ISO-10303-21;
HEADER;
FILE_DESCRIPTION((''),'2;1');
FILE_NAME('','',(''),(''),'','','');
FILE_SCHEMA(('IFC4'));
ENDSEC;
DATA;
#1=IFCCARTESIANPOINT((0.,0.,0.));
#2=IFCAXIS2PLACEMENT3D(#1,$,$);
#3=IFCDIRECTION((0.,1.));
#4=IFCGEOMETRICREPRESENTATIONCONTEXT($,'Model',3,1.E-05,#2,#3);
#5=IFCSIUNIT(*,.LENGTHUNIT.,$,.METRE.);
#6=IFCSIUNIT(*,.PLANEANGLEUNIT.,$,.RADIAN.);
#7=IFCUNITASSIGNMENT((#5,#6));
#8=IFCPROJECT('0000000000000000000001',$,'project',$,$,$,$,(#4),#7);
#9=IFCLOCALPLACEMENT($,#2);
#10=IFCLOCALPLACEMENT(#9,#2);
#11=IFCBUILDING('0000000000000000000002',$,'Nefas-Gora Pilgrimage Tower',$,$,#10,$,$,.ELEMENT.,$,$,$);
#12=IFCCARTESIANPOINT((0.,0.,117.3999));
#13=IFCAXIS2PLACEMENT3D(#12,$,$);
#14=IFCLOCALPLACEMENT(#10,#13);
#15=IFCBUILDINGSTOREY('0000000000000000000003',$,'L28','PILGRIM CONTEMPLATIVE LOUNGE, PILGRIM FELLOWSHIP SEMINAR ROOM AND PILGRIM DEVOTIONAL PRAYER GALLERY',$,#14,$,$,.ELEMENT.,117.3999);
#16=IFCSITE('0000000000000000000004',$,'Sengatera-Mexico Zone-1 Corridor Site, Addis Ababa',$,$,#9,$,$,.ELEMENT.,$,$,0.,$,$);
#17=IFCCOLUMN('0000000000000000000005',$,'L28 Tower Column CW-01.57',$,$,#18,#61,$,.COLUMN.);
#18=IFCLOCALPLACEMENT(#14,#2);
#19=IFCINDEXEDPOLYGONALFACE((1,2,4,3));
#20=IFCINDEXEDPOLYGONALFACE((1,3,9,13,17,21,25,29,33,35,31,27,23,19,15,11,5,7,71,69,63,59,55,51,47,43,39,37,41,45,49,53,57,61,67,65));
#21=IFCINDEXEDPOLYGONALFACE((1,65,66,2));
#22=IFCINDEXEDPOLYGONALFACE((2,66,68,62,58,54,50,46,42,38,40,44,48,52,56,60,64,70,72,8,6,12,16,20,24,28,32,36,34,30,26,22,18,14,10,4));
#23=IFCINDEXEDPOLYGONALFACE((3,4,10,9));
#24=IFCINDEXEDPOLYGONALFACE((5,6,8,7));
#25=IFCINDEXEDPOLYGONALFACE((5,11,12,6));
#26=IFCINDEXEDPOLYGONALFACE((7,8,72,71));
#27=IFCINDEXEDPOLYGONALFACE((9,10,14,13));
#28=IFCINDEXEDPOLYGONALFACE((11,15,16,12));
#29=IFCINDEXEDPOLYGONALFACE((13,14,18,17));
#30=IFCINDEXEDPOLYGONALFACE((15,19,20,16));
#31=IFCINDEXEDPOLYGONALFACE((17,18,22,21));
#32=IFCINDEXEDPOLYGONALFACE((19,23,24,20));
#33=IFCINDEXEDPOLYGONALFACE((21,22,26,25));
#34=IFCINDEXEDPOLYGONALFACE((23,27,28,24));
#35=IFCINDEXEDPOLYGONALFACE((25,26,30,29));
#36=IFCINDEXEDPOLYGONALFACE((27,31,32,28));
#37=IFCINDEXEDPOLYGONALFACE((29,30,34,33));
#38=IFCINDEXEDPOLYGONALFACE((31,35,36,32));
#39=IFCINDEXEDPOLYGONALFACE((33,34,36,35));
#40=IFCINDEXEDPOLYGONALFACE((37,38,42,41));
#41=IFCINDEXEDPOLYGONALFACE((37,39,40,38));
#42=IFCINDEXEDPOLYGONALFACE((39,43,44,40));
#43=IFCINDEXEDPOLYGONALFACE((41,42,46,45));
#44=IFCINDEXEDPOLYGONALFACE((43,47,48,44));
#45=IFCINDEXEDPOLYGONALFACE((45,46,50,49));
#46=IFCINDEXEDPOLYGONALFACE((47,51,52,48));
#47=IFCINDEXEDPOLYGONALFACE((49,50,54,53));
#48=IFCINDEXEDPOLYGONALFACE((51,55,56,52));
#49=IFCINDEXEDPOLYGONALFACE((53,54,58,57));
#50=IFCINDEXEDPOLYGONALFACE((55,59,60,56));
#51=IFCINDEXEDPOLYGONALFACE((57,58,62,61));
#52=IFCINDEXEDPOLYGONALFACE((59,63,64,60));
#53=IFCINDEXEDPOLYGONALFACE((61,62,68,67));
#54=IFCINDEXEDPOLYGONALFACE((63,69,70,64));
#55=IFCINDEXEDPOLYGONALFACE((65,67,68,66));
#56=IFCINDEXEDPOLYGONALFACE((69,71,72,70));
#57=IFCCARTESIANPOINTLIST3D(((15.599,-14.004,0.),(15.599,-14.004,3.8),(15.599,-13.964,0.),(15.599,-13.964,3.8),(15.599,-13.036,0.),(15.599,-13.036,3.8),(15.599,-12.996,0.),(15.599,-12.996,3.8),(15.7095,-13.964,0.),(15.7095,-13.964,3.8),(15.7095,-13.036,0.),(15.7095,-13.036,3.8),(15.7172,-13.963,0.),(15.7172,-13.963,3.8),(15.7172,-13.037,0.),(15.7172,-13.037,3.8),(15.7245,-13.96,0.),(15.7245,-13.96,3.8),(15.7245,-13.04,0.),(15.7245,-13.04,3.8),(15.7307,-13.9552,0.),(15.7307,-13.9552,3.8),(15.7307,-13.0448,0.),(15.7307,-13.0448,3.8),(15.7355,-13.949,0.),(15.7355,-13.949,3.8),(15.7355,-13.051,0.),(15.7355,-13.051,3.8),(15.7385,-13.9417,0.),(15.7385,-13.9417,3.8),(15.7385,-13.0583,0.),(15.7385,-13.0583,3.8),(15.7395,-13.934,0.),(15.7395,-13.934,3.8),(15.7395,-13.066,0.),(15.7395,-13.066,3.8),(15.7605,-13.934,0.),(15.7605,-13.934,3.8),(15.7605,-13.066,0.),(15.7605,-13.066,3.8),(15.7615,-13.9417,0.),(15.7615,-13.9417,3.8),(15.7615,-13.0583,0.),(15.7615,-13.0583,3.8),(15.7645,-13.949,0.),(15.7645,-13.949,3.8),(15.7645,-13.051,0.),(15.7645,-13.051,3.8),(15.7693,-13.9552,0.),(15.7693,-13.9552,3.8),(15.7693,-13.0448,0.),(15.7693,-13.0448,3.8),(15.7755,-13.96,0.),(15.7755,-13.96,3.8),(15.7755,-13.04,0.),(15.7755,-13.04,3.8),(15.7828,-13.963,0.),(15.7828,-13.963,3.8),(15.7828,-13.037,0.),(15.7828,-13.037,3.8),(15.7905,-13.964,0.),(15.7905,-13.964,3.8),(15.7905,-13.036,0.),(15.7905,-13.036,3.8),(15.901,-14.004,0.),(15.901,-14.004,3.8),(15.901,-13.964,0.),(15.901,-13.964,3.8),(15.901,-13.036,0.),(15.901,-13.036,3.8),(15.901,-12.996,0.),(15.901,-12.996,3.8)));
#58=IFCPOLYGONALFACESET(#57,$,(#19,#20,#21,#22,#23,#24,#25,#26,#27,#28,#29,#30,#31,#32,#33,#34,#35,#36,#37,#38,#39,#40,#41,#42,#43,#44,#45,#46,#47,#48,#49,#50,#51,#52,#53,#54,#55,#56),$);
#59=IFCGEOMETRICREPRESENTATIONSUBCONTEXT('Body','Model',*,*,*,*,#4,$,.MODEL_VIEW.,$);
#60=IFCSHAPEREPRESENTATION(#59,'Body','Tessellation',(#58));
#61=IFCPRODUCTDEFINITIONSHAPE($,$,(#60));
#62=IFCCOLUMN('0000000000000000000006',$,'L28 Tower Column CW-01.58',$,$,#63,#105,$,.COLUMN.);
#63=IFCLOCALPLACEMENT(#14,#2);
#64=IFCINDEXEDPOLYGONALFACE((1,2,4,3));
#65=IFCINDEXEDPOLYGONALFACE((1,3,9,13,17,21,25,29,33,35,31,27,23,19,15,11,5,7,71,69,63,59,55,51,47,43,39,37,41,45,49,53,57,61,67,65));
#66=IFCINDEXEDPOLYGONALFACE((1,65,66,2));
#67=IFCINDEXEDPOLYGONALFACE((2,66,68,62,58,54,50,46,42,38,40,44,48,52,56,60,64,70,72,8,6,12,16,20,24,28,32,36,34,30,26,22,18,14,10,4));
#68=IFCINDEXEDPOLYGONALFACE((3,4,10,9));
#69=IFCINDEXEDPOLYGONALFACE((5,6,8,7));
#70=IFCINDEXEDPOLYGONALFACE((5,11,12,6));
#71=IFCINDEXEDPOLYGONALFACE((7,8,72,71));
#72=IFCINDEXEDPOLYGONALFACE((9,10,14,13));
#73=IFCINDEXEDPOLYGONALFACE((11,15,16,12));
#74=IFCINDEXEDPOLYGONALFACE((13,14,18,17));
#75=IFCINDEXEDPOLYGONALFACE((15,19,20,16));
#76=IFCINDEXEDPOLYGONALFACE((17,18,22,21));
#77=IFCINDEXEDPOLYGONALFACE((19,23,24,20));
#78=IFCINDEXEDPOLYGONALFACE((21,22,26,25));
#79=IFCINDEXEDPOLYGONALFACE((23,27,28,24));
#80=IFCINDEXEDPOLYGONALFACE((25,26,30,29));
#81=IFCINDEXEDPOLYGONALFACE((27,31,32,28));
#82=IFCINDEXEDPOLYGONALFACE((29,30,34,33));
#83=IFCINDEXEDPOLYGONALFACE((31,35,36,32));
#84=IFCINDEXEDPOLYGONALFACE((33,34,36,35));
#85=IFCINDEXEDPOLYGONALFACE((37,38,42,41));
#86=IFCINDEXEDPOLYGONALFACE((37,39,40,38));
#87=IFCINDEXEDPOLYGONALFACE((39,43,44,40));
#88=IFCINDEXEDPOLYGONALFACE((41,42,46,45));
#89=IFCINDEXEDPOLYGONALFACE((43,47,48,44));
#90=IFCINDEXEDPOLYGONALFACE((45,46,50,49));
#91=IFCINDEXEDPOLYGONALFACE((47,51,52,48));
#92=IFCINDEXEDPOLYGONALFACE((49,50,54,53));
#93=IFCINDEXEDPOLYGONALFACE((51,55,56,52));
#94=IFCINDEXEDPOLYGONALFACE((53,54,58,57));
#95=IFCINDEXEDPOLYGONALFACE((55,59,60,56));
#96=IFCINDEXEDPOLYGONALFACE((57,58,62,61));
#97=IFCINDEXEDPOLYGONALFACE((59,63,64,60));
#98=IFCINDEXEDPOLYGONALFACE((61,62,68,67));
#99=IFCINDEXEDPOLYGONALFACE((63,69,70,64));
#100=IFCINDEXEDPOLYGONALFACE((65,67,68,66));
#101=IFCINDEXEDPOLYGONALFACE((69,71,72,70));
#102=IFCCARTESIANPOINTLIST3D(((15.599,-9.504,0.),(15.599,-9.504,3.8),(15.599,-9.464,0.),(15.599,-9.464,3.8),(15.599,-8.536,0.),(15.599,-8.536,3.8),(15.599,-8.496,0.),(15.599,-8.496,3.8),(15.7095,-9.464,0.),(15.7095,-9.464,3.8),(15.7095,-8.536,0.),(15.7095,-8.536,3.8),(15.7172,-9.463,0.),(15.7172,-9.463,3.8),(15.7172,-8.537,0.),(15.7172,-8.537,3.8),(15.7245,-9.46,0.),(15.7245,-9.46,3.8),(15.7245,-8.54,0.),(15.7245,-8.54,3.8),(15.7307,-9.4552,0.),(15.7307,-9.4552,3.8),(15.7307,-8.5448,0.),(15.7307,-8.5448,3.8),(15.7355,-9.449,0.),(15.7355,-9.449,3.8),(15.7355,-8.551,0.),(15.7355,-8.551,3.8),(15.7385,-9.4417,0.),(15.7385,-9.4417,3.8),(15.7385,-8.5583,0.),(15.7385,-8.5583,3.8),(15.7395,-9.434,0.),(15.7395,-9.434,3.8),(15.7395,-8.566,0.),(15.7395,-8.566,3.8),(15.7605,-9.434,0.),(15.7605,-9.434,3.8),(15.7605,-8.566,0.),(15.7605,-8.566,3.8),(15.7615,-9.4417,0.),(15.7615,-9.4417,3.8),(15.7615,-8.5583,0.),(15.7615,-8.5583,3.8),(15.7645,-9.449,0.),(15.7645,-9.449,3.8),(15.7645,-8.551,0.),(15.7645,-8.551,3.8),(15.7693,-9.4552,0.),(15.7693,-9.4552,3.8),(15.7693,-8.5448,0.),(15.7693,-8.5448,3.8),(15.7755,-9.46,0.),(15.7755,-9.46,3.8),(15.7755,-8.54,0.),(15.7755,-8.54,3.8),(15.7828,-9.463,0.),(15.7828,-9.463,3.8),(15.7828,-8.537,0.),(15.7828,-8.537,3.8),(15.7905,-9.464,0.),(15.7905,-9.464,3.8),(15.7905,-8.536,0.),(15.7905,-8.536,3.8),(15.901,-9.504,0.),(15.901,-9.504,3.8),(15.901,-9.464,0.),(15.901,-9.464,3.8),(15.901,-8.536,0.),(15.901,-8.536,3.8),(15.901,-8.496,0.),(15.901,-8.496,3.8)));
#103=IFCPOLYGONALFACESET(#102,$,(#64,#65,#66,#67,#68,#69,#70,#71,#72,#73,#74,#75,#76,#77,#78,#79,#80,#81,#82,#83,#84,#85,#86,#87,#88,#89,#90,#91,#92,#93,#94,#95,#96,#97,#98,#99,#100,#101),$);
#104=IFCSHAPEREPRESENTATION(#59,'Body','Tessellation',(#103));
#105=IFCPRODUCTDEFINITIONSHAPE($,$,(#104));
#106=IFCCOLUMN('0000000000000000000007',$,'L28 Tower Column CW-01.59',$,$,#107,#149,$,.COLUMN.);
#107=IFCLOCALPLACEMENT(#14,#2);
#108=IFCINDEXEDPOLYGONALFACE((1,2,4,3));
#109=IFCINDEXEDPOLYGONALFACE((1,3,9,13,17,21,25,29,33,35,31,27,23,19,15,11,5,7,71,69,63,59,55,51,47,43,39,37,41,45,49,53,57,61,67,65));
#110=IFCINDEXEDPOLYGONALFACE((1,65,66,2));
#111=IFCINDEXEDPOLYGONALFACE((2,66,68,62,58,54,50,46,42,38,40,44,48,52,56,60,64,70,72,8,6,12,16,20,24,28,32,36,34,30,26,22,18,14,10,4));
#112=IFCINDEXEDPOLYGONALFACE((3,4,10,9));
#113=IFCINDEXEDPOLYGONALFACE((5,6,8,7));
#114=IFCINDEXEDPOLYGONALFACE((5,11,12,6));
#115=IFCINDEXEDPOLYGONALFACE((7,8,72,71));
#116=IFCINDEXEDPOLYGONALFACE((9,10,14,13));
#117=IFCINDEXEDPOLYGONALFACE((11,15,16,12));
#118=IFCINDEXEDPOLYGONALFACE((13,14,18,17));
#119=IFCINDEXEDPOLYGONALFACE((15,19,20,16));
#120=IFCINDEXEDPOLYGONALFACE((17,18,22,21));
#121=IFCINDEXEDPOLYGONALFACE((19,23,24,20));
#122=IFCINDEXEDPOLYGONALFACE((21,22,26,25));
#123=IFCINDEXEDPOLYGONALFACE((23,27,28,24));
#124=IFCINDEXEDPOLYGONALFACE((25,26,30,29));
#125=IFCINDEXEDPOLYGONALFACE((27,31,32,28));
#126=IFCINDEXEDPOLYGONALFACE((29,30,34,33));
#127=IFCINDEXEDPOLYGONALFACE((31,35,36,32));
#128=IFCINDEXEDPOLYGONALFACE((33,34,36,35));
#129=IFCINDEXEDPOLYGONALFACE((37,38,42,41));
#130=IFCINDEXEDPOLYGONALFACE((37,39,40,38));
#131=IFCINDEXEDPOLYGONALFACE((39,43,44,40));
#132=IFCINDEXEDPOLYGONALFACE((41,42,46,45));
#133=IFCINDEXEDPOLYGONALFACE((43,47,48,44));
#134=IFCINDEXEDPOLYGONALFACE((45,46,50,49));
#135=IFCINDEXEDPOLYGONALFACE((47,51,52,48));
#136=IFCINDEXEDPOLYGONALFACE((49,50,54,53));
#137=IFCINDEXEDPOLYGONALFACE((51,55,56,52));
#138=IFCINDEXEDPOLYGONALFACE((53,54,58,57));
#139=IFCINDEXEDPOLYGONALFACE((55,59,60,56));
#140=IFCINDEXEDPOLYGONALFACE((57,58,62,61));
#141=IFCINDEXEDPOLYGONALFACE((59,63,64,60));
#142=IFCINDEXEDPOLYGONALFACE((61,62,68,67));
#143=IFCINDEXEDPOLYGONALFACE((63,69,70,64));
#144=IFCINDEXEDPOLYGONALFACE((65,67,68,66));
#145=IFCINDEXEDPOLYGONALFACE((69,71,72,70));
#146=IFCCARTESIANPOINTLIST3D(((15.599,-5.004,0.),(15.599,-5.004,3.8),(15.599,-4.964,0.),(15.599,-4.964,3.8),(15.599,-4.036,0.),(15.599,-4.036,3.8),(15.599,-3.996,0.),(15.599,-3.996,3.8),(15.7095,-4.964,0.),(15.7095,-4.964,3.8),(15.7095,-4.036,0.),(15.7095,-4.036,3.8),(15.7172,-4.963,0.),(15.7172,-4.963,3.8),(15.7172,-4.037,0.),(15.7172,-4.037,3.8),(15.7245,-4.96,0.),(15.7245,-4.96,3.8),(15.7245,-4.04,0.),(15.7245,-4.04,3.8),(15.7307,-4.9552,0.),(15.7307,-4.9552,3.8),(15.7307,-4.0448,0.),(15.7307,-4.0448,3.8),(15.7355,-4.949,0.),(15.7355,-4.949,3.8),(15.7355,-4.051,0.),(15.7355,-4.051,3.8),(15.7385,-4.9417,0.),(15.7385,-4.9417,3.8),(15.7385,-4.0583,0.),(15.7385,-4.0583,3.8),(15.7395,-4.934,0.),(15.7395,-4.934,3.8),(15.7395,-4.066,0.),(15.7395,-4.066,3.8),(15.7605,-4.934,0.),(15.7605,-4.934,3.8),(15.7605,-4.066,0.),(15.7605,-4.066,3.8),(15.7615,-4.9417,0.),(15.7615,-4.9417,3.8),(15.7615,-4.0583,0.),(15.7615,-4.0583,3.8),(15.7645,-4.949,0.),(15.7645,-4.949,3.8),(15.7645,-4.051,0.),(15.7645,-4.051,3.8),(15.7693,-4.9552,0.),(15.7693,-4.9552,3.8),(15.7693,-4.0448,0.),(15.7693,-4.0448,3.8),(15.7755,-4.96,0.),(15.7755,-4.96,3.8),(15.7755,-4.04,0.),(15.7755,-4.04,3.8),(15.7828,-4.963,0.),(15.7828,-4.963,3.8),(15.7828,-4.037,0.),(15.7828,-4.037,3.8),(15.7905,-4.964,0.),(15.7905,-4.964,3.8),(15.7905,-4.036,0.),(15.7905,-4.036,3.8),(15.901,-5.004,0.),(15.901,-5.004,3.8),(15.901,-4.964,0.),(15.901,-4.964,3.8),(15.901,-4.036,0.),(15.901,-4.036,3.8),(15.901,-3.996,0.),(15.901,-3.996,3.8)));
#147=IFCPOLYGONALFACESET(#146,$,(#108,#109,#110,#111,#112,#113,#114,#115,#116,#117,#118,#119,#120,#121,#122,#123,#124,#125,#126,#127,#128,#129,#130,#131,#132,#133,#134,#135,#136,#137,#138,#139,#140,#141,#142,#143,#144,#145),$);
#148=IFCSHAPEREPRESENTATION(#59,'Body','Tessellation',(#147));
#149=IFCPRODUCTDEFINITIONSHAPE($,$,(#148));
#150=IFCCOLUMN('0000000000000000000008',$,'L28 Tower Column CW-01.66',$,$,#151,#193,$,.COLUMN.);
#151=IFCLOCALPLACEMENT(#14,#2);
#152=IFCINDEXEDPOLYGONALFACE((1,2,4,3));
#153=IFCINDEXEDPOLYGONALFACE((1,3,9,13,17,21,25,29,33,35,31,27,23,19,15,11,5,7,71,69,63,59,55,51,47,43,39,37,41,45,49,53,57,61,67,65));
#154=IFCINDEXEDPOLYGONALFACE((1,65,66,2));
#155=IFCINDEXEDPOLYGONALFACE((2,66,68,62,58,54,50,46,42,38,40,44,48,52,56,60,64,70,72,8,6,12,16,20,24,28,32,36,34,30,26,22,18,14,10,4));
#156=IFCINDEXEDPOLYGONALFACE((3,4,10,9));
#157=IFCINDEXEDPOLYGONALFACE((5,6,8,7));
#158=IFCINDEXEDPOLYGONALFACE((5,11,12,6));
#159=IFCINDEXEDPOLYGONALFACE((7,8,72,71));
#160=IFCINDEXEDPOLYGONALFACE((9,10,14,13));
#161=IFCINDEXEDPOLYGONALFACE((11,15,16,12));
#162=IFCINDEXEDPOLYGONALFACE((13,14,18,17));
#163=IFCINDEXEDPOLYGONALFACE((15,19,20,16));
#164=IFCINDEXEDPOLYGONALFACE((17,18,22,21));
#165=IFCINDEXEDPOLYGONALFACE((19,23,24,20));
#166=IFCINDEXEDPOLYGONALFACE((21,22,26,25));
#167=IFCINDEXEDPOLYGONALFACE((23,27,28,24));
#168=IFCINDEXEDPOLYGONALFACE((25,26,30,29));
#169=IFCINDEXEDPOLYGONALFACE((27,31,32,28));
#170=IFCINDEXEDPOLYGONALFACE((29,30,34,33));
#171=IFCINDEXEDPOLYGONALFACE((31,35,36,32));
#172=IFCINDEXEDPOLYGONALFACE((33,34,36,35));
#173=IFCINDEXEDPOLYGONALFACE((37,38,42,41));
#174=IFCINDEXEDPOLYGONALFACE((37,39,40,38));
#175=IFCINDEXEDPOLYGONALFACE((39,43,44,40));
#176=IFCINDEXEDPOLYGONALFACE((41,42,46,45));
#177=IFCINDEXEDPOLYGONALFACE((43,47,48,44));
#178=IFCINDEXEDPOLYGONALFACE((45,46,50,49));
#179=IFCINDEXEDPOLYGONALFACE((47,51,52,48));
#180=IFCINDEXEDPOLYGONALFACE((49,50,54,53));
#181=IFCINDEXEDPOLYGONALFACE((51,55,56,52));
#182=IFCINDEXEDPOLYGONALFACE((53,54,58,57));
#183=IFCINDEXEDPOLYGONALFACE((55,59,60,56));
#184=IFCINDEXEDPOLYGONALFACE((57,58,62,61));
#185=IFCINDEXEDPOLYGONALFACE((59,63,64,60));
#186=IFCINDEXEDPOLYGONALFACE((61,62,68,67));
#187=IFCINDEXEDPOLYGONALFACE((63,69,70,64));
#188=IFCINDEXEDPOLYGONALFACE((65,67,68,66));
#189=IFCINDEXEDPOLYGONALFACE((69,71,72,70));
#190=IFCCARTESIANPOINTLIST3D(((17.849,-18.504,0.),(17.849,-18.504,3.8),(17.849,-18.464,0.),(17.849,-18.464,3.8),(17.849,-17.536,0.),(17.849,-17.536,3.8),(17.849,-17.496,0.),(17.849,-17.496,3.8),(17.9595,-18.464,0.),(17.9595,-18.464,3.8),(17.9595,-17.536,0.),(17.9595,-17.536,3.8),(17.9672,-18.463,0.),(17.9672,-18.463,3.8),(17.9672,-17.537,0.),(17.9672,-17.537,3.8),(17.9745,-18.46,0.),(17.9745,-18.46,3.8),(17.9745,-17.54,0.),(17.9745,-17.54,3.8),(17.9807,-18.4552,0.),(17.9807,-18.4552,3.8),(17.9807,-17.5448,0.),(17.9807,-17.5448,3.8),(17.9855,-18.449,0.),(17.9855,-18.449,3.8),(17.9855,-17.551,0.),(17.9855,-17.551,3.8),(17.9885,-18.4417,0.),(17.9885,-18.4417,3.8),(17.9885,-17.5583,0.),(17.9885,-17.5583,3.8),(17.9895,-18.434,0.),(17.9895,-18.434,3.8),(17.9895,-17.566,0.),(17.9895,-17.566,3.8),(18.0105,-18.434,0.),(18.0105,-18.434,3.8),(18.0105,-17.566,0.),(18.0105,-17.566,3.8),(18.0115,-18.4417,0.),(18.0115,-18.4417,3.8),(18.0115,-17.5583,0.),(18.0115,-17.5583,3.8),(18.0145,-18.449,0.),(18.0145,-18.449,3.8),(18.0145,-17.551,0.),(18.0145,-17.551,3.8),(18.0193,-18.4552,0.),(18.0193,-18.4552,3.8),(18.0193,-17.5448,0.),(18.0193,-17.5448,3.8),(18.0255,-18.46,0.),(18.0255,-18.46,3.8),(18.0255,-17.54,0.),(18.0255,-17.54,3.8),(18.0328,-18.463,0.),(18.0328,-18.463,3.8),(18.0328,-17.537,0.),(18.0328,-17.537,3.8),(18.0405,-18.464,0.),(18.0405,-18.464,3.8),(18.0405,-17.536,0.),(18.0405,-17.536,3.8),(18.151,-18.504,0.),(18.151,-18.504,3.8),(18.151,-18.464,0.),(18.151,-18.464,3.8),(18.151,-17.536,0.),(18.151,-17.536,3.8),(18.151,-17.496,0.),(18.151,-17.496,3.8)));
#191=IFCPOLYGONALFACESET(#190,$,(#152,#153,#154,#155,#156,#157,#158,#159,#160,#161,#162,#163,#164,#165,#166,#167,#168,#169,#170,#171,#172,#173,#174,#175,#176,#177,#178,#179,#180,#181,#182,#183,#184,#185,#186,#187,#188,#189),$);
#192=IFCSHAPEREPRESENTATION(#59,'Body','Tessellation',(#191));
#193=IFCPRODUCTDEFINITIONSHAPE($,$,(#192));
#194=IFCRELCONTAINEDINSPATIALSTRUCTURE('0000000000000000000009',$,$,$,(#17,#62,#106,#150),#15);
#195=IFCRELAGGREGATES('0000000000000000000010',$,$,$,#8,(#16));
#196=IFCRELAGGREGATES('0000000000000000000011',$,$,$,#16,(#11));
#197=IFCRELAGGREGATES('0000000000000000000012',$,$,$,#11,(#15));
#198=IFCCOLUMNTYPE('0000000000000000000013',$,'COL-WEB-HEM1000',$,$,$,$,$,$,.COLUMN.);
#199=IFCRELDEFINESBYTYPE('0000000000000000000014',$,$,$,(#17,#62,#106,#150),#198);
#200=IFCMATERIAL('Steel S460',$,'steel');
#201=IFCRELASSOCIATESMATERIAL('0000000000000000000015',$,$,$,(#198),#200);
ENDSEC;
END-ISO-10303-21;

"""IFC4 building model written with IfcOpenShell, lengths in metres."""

from ifc_helpers import new_model, si_unit, direction, frame, origin, origin_2d, place, context, subcontext, project, spatial, i_section, extrude, source, transform, mapped, material, material_profile, profile_set, type_object, element, save


model = new_model("IFC4")

# Units and contexts
model_context = context("Model", 3, precision=1e-05, world=origin(), true_north=direction((0.0, 1.0)))
body_context = subcontext(model_context, "Body", "Model", "MODEL_VIEW")
ifc_project = project(units=[si_unit("LENGTHUNIT", "METRE"), si_unit("PLANEANGLEUNIT", "RADIAN")], contexts=[model_context])

# Site, building, storey
site_placement = place(None, origin())
site = spatial("IfcSite", under=ifc_project, at=site_placement, Name="Sengatera-Mexico Zone-1 Corridor Site, Addis Ababa", CompositionType="ELEMENT", RefElevation=0.0)
building_placement = place(site_placement, origin())
building = spatial("IfcBuilding", under=site, at=building_placement, Name="Nefas-Gora Pilgrimage Tower", CompositionType="ELEMENT")
storey_placement = place(building_placement, frame((0.0, 0.0, 117.3999)))
storey = spatial("IfcBuildingStorey", under=building, at=storey_placement, Name="L28", Description="PILGRIM CONTEMPLATIVE LOUNGE, PILGRIM FELLOWSHIP SEMINAR ROOM AND PILGRIM DEVOTIONAL PRAYER GALLERY", CompositionType="ELEMENT", Elevation=117.3999)

# Columns
ifc_material_1 = material(Name="Steel S460", Category="steel")
ifc_material_profile_1 = material_profile(ifc_material_1, i_section(OverallWidth=0.302, OverallDepth=1.0081, WebThickness=0.021, FlangeThickness=0.04, FilletRadius=0.03, at=origin_2d()), Name="HEM 1000")
ifc_profile_set_1 = profile_set([ifc_material_profile_1], Name="Steel S460")
column_type_1 = type_object("IfcColumnType", Name="COL-WEB-HEM1000", PredefinedType="COLUMN", material=ifc_profile_set_1)
shared_shape_1 = source(origin(), body_context, "Body", "SweptSolid", [
    extrude(i_section(OverallWidth=0.302, OverallDepth=1.0081, WebThickness=0.021, FlangeThickness=0.04, FilletRadius=0.03, at=origin_2d()), origin(), (0.0, 0.0, 1.0), 3.8),
])
for number, where, z_axis, x_axis, name in (
    (1, (15.75, -13.5, 0.0), (0.0, 0.0, 1.0), (1.0, 0.0, 0.0), "L28 Tower Column CW-01.57"),
    (2, (15.75, -9.0, 0.0), (0.0, 0.0, 1.0), (1.0, 0.0, 0.0), "L28 Tower Column CW-01.58"),
    (3, (15.75, -4.5, 0.0), (0.0, 0.0, 1.0), (1.0, 0.0, 0.0), "L28 Tower Column CW-01.59"),
    (4, (18.0, -18.0, 0.0), (0.0, 0.0, 1.0), (1.0, 0.0, 0.0), "L28 Tower Column CW-01.66"),
):
    element("IfcColumn", number, at=place(storey_placement, frame(where, z_axis=z_axis, x_axis=x_axis)), inside=storey, type_object=column_type_1, Name=name, PredefinedType="COLUMN", context=body_context, shape_type="MappedRepresentation", body=[
        mapped(shared_shape_1, transform((0.0, 0.0, 0.0), x_axis=(1.0, 0.0, 0.0), y_axis=(0.0, 1.0, 0.0), z_axis=(0.0, 0.0, 1.0), scale=1.0)),
    ])

save(model, "model.ifc")
